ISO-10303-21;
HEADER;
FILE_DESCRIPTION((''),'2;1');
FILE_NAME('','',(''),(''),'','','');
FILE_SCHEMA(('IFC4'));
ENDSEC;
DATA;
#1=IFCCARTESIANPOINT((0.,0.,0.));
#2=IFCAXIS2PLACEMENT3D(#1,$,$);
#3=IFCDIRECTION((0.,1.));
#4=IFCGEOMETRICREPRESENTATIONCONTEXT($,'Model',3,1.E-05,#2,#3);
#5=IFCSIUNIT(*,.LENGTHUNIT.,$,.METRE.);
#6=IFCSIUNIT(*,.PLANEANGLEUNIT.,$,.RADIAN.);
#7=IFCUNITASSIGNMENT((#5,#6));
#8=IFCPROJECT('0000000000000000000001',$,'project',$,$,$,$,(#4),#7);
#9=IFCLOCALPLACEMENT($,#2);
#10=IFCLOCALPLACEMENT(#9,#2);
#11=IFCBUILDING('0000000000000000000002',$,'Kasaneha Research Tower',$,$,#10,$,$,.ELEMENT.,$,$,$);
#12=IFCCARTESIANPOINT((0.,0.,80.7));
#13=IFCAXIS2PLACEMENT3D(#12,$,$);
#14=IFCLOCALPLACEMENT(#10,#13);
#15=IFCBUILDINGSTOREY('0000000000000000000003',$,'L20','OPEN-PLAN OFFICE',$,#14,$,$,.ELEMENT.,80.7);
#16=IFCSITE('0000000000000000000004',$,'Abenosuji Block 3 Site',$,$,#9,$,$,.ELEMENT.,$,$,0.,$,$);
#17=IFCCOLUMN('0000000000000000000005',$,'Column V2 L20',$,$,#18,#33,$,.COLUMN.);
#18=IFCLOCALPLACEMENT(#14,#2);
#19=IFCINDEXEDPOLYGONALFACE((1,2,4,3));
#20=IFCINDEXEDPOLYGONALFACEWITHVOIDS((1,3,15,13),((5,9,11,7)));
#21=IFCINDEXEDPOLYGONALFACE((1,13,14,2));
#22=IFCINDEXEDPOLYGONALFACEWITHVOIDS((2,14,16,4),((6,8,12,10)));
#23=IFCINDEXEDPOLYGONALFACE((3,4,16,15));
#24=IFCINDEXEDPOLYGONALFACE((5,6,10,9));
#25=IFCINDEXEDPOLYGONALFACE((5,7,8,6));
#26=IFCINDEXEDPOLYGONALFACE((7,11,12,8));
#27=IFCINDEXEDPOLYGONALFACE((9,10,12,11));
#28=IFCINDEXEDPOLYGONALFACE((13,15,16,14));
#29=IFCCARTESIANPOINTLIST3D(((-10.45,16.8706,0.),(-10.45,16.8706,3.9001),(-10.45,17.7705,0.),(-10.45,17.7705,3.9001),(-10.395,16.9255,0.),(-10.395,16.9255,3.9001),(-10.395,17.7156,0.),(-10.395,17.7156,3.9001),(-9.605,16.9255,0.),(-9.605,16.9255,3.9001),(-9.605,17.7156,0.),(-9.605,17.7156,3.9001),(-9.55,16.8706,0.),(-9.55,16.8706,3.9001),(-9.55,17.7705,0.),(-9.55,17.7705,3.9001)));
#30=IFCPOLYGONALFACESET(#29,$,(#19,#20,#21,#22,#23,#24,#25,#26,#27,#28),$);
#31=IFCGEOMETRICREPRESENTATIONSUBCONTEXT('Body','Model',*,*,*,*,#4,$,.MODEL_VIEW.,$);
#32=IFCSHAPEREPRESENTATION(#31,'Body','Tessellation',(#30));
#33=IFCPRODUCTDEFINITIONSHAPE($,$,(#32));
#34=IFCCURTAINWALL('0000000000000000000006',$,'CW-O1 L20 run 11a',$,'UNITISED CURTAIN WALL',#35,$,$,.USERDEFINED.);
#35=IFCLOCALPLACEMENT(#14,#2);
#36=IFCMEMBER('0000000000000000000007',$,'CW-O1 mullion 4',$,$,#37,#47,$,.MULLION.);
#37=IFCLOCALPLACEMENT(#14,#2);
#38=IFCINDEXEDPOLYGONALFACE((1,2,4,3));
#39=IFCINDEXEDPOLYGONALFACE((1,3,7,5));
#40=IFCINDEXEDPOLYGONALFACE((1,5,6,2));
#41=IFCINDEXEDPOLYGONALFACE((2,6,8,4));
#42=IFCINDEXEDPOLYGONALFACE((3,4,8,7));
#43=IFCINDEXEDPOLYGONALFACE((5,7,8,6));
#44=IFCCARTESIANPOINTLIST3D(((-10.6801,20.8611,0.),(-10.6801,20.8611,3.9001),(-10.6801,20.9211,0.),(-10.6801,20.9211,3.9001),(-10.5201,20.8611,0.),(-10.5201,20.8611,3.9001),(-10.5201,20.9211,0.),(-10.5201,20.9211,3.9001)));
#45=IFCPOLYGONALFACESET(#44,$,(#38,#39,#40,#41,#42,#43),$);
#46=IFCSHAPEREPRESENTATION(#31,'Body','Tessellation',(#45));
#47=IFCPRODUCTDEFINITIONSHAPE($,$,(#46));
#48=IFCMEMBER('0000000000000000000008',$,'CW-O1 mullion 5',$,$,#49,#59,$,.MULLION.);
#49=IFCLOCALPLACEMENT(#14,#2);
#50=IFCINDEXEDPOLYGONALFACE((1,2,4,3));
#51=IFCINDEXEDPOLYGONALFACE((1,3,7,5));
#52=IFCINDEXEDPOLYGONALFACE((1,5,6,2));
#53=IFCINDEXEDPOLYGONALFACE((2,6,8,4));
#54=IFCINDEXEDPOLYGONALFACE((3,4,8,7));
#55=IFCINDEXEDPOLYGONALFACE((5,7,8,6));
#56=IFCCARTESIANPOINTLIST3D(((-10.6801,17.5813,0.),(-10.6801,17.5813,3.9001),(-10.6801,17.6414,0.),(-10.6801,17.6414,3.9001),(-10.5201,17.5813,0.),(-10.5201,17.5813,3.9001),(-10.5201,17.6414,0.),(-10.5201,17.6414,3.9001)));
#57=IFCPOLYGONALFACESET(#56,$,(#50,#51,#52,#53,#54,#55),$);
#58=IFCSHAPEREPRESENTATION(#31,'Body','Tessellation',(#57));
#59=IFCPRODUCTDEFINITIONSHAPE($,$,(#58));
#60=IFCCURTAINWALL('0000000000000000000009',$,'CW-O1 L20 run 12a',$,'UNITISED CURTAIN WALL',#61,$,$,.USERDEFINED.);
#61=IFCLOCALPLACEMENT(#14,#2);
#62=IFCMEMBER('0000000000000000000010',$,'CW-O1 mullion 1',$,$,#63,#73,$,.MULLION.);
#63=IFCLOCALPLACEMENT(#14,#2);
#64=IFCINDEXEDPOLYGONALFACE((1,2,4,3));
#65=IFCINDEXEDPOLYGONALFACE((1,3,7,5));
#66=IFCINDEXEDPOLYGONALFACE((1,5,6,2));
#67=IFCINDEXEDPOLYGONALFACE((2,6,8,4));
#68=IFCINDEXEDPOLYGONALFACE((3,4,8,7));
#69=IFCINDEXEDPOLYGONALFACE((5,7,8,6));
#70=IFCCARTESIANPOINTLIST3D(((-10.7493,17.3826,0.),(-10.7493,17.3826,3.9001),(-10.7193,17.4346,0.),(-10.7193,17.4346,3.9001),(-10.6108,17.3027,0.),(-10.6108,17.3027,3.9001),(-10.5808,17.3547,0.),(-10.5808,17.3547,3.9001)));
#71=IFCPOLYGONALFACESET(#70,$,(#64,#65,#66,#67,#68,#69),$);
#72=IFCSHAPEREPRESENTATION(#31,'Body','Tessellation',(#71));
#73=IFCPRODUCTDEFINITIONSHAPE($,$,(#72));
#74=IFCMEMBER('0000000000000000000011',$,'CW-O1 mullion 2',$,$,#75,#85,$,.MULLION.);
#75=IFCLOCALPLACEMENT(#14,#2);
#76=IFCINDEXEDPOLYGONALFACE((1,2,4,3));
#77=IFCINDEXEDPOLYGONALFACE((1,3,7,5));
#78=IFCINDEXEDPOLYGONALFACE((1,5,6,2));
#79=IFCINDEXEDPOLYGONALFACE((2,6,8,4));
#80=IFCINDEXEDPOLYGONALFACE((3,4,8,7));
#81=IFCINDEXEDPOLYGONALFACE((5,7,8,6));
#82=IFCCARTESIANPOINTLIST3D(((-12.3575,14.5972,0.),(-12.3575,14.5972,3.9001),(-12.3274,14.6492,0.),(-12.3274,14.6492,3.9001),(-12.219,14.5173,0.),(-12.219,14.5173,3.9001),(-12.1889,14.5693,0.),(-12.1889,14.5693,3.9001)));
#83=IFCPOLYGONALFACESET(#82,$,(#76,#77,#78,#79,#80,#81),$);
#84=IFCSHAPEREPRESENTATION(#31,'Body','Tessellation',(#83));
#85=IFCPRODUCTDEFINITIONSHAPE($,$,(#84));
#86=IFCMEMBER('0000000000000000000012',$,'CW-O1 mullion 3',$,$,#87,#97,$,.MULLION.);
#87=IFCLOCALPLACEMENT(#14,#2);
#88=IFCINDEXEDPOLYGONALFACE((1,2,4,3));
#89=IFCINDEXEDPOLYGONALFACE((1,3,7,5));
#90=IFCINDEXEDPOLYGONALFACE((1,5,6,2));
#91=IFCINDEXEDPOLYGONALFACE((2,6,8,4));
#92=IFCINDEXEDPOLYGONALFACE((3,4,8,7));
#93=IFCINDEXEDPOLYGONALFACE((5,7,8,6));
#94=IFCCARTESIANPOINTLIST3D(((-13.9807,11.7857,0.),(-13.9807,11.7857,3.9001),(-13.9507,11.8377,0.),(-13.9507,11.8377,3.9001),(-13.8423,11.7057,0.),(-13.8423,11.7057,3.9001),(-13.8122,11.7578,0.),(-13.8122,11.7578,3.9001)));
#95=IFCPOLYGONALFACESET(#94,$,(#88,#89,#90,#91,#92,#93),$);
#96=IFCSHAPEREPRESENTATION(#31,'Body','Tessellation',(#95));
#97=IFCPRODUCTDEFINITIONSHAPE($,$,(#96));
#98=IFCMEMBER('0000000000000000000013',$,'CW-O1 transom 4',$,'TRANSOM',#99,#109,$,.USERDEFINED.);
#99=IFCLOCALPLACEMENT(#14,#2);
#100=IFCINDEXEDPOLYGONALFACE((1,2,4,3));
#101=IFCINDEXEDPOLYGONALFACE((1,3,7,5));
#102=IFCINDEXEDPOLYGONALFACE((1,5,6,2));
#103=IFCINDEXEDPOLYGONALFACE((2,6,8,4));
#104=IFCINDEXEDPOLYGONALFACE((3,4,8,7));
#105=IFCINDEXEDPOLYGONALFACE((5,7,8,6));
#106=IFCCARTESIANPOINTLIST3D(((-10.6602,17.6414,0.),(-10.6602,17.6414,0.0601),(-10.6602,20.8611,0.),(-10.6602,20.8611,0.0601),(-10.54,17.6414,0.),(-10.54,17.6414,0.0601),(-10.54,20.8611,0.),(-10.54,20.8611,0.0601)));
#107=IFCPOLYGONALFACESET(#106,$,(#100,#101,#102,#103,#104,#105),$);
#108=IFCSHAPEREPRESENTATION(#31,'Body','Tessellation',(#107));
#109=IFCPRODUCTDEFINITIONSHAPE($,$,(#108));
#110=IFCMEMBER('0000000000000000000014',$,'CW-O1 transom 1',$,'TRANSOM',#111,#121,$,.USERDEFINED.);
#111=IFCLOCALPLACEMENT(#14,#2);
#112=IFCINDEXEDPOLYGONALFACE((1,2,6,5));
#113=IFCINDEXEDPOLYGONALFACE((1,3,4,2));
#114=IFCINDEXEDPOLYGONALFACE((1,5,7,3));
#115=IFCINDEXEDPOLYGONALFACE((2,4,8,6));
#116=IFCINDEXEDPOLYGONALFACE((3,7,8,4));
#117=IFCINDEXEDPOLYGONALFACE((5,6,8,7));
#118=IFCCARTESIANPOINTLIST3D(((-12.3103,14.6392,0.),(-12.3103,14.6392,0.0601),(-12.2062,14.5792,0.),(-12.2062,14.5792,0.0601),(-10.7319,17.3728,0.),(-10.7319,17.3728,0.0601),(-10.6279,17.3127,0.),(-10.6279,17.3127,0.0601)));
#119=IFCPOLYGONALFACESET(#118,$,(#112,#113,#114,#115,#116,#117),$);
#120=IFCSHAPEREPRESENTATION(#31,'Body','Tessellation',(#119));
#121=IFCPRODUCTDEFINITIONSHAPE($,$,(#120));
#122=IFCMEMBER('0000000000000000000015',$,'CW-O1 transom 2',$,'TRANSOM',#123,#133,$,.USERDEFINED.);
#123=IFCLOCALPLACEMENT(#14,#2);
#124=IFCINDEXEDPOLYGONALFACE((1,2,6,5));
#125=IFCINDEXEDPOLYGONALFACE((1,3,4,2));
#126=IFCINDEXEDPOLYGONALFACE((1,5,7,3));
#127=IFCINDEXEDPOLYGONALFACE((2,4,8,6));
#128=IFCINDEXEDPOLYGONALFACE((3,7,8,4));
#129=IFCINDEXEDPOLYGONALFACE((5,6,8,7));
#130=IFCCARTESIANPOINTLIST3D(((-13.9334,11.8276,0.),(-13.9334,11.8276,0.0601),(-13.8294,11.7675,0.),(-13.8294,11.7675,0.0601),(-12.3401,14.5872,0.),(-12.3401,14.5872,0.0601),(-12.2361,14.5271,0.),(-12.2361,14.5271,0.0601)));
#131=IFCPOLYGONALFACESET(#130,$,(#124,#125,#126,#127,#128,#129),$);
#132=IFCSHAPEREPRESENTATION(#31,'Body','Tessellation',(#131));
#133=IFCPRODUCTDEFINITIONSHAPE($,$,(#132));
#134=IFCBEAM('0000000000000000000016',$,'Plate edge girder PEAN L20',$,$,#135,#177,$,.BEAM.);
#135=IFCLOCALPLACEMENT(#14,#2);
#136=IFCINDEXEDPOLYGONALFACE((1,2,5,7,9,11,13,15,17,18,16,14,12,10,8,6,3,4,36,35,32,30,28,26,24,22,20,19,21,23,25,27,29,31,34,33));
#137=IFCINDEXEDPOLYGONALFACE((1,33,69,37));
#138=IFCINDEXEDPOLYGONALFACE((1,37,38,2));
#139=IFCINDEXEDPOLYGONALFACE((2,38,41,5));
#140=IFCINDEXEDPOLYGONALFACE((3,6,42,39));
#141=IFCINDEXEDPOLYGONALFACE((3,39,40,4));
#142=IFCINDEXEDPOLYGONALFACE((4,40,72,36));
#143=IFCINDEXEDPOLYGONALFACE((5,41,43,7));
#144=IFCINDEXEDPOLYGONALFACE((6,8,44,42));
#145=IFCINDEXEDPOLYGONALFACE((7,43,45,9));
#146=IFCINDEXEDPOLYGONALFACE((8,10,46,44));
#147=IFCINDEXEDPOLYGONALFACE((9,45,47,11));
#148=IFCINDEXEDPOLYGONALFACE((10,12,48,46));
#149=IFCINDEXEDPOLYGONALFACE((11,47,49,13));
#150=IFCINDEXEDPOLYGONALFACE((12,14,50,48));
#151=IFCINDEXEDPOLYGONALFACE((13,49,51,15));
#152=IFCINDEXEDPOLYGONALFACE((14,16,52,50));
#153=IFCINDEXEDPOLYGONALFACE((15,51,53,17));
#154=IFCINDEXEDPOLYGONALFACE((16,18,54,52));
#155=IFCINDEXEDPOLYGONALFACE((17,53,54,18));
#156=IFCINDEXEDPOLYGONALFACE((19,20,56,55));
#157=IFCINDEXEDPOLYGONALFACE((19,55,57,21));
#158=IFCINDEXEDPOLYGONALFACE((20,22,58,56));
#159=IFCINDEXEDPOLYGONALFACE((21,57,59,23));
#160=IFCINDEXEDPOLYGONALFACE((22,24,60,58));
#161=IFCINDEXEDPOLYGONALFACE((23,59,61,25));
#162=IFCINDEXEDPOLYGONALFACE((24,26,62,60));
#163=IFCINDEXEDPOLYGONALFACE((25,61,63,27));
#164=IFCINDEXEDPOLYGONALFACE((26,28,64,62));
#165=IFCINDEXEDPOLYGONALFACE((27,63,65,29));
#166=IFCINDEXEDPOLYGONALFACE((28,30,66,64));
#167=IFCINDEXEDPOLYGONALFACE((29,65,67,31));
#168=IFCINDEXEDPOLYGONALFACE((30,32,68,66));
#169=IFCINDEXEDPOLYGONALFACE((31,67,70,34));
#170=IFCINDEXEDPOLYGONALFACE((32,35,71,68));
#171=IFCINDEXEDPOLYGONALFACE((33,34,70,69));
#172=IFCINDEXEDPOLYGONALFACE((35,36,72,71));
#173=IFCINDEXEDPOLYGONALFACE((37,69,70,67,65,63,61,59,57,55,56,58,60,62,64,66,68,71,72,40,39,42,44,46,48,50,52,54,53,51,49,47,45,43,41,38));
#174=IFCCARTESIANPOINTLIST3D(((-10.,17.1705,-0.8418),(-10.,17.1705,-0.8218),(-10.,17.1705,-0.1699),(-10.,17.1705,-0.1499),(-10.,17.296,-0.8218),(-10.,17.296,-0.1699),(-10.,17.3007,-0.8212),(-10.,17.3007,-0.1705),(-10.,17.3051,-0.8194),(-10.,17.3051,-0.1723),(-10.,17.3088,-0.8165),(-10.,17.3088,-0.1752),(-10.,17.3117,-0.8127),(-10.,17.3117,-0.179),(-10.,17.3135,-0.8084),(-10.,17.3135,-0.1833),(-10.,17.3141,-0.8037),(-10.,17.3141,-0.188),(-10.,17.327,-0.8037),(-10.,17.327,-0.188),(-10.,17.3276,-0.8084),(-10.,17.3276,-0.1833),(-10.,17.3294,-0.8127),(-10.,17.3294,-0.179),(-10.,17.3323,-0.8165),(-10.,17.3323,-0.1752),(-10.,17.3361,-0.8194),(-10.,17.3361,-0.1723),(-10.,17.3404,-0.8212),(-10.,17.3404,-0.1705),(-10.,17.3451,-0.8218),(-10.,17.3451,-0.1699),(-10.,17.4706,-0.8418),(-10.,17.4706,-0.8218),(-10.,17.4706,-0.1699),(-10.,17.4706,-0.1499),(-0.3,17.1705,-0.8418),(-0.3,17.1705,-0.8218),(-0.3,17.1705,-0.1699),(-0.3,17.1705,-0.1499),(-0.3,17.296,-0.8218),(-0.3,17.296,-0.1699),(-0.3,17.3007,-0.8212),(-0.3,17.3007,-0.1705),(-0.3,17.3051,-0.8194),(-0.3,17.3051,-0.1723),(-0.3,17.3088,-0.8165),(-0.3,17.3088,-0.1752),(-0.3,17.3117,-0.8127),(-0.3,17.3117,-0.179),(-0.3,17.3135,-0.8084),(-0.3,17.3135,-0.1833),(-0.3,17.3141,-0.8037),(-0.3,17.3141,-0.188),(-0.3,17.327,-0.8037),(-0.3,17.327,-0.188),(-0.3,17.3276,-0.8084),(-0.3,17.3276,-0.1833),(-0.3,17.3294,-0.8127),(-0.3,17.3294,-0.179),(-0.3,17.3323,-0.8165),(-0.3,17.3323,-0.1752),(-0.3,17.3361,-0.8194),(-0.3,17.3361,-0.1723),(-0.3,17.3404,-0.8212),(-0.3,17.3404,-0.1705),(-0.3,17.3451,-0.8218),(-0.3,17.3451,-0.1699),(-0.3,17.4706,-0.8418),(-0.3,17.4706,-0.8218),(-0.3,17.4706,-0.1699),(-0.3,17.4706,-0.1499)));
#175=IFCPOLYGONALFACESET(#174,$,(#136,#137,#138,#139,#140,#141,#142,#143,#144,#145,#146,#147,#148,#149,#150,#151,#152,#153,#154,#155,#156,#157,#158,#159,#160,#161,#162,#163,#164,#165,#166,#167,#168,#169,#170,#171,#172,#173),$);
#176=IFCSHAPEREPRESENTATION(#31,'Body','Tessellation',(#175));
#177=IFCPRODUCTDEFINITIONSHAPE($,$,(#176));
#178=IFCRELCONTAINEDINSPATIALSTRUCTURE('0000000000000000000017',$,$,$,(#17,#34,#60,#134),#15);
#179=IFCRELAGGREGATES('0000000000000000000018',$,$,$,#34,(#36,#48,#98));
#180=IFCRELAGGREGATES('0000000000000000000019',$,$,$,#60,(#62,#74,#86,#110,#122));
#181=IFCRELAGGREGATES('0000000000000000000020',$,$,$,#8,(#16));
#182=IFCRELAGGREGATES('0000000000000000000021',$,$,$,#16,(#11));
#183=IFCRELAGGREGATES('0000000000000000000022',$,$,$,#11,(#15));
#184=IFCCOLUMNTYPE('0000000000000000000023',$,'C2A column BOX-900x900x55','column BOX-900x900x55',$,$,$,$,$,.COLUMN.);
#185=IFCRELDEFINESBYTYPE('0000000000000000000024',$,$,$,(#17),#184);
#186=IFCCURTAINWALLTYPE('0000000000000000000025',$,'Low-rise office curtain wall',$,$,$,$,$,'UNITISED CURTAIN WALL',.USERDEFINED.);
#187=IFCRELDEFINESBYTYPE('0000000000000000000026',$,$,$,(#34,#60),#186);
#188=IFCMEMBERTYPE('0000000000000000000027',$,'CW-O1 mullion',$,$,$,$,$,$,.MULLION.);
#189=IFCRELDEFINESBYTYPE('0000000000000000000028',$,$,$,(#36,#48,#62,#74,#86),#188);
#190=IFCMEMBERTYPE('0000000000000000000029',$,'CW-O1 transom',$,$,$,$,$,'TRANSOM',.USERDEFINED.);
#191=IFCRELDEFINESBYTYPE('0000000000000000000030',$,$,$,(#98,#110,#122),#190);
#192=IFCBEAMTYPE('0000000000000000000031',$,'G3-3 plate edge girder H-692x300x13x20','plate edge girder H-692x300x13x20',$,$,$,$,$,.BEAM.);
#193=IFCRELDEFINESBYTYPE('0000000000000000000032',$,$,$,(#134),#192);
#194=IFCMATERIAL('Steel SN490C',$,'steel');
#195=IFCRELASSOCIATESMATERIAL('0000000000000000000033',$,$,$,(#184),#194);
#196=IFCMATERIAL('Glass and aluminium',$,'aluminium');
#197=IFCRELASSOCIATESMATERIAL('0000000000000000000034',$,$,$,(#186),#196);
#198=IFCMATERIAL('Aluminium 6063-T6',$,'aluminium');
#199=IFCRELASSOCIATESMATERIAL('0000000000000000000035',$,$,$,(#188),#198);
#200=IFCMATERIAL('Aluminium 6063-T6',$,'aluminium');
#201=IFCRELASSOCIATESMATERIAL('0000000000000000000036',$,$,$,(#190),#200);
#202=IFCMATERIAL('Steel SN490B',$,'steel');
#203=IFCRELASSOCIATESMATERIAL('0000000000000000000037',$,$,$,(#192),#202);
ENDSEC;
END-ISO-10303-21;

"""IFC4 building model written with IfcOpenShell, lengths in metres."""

from ifc_helpers import new_model, si_unit, direction, frame, origin, origin_2d, place, context, subcontext, project, spatial, rectangle, hollow_rectangle, i_section, extrude, material, material_profile, profile_set, type_object, element, aggregate, save


model = new_model("IFC4")

# Units and contexts
model_context = context("Model", 3, precision=1e-05, world=origin(), true_north=direction((0.0, 1.0)))
body_context = subcontext(model_context, "Body", "Model", "MODEL_VIEW")
ifc_project = project(units=[si_unit("LENGTHUNIT", "METRE"), si_unit("PLANEANGLEUNIT", "RADIAN")], contexts=[model_context])

# Site, building, storey
site_placement = place(None, origin())
site = spatial("IfcSite", under=ifc_project, at=site_placement, Name="Abenosuji Block 3 Site", CompositionType="ELEMENT", RefElevation=0.0)
building_placement = place(site_placement, origin())
building = spatial("IfcBuilding", under=site, at=building_placement, Name="Kasaneha Research Tower", CompositionType="ELEMENT")
storey_placement = place(building_placement, frame((0.0, 0.0, 80.7)))
storey = spatial("IfcBuildingStorey", under=building, at=storey_placement, Name="L20", Description="OPEN-PLAN OFFICE", CompositionType="ELEMENT", Elevation=80.7)

# Column
ifc_material_1 = material(Name="Steel SN490C", Category="steel")
ifc_material_profile_1 = material_profile(ifc_material_1, hollow_rectangle(XDim=0.8999, YDim=0.8999, WallThickness=0.0549, at=origin_2d()), Name="BOX-900x900x55")
ifc_profile_set_1 = profile_set([ifc_material_profile_1], Name="Steel SN490C")
column_type = type_object("IfcColumnType", Name="C2A column BOX-900x900x55", Description="column BOX-900x900x55", PredefinedType="COLUMN", material=ifc_profile_set_1)
column_placement = place(storey_placement, frame((-10.0, 17.3206, 0.0), z_axis=(0.0, 0.0, 1.0), x_axis=(1.0, 0.0, 0.0)))
element("IfcColumn", 1, at=column_placement, inside=storey, type_object=column_type, Name="Column V2 L20", PredefinedType="COLUMN", context=body_context, shape_type="SweptSolid", body=[
    extrude(hollow_rectangle(XDim=0.8999, YDim=0.8999, WallThickness=0.0549, at=origin_2d()), origin(), (0.0, 0.0, 1.0), 3.9001),
])

# Curtain walls, members
ifc_material_2 = material(Name="Glass and aluminium", Category="aluminium")
curtain_wall_type = type_object("IfcCurtainWallType", Name="Low-rise office curtain wall", ElementType="UNITISED CURTAIN WALL", PredefinedType="USERDEFINED", material=ifc_material_2)
curtain_wall_1_placement = place(storey_placement, origin())
curtain_wall_1 = element("IfcCurtainWall", 2, at=curtain_wall_1_placement, inside=storey, type_object=curtain_wall_type, Name="CW-O1 L20 run 11a", ObjectType="UNITISED CURTAIN WALL", PredefinedType="USERDEFINED")
ifc_material_3 = material(Name="Aluminium 6063-T6", Category="aluminium")
ifc_material_profile_2 = material_profile(ifc_material_3, rectangle(XDim=0.0601, YDim=0.1599, at=origin_2d()), Name="CW-O1 mullion 60x160")
ifc_profile_set_2 = profile_set([ifc_material_profile_2], Name="Aluminium 6063-T6")
member_type_1 = type_object("IfcMemberType", Name="CW-O1 mullion", PredefinedType="MULLION", material=ifc_profile_set_2)
member_1_placement = place(storey_placement, frame((-10.6001, 20.8911, 0.0), z_axis=(0.0, 0.0, 1.0), x_axis=(0.0, -1.0, 0.0)))
member_1 = element("IfcMember", 3, at=member_1_placement, type_object=member_type_1, Name="CW-O1 mullion 4", PredefinedType="MULLION", context=body_context, shape_type="SweptSolid", body=[
    extrude(rectangle(XDim=0.0601, YDim=0.1599, at=origin_2d()), origin(), (0.0, 0.0, 1.0), 3.9001),
])
member_2_placement = place(storey_placement, frame((-10.6001, 17.6113, 0.0), z_axis=(0.0, 0.0, 1.0), x_axis=(0.0, -1.0, 0.0)))
member_2 = element("IfcMember", 4, at=member_2_placement, type_object=member_type_1, Name="CW-O1 mullion 5", PredefinedType="MULLION", context=body_context, shape_type="SweptSolid", body=[
    extrude(rectangle(XDim=0.0601, YDim=0.1599, at=origin_2d()), origin(), (0.0, 0.0, 1.0), 3.9001),
])
curtain_wall_2_placement = place(storey_placement, origin())
curtain_wall_2 = element("IfcCurtainWall", 5, at=curtain_wall_2_placement, inside=storey, type_object=curtain_wall_type, Name="CW-O1 L20 run 12a", ObjectType="UNITISED CURTAIN WALL", PredefinedType="USERDEFINED")
member_3_placement = place(storey_placement, frame((-10.665, 17.3687, 0.0), z_axis=(0.0, 0.0, 1.0), x_axis=(-0.5, -0.866025, 0.0)))
member_3 = element("IfcMember", 6, at=member_3_placement, type_object=member_type_1, Name="CW-O1 mullion 1", PredefinedType="MULLION", context=body_context, shape_type="SweptSolid", body=[
    extrude(rectangle(XDim=0.0601, YDim=0.1599, at=origin_2d()), origin(), (0.0, 0.0, 1.0), 3.9001),
])
member_4_placement = place(storey_placement, frame((-12.2732, 14.5833, 0.0), z_axis=(0.0, 0.0, 1.0), x_axis=(-0.5, -0.866025, 0.0)))
member_4 = element("IfcMember", 7, at=member_4_placement, type_object=member_type_1, Name="CW-O1 mullion 2", PredefinedType="MULLION", context=body_context, shape_type="SweptSolid", body=[
    extrude(rectangle(XDim=0.0601, YDim=0.1599, at=origin_2d()), origin(), (0.0, 0.0, 1.0), 3.9001),
])
member_5_placement = place(storey_placement, frame((-13.8965, 11.7717, 0.0), z_axis=(0.0, 0.0, 1.0), x_axis=(-0.5, -0.866025, 0.0)))
member_5 = element("IfcMember", 8, at=member_5_placement, type_object=member_type_1, Name="CW-O1 mullion 3", PredefinedType="MULLION", context=body_context, shape_type="SweptSolid", body=[
    extrude(rectangle(XDim=0.0601, YDim=0.1599, at=origin_2d()), origin(), (0.0, 0.0, 1.0), 3.9001),
])

# Members
ifc_material_4 = material(Name="Aluminium 6063-T6", Category="aluminium")
ifc_material_profile_3 = material_profile(ifc_material_4, rectangle(XDim=0.1201, YDim=0.0601, at=origin_2d()), Name="CW-O1 transom 120x60")
ifc_profile_set_3 = profile_set([ifc_material_profile_3], Name="Aluminium 6063-T6")
member_type_2 = type_object("IfcMemberType", Name="CW-O1 transom", ElementType="TRANSOM", PredefinedType="USERDEFINED", material=ifc_profile_set_3)
member_6_placement = place(storey_placement, frame((-10.6001, 20.8611, 0.03), z_axis=(0.0, -1.0, 0.0), x_axis=(1.0, 0.0, 0.0)))
member_6 = element("IfcMember", 9, at=member_6_placement, type_object=member_type_2, Name="CW-O1 transom 4", ObjectType="TRANSOM", PredefinedType="USERDEFINED", context=body_context, shape_type="SweptSolid", body=[
    extrude(rectangle(XDim=0.1201, YDim=0.0601, at=origin_2d()), origin(), (0.0, 0.0, 1.0), 3.2197),
])
member_7_placement = place(storey_placement, frame((-10.6799, 17.3428, 0.03), z_axis=(-0.500024, -0.866012, 0.0), x_axis=(0.866012, -0.500024, 0.0)))
member_7 = element("IfcMember", 10, at=member_7_placement, type_object=member_type_2, Name="CW-O1 transom 1", ObjectType="TRANSOM", PredefinedType="USERDEFINED", context=body_context, shape_type="SweptSolid", body=[
    extrude(rectangle(XDim=0.1201, YDim=0.0601, at=origin_2d()), origin(), (0.0, 0.0, 1.0), 3.1565),
])
member_8_placement = place(storey_placement, frame((-12.2881, 14.5571, 0.03), z_axis=(-0.500012, -0.866018, 0.0), x_axis=(0.866018, -0.500012, 0.0)))
member_8 = element("IfcMember", 11, at=member_8_placement, type_object=member_type_2, Name="CW-O1 transom 2", ObjectType="TRANSOM", PredefinedType="USERDEFINED", context=body_context, shape_type="SweptSolid", body=[
    extrude(rectangle(XDim=0.1201, YDim=0.0601, at=origin_2d()), origin(), (0.0, 0.0, 1.0), 3.1865),
])

# Beam
ifc_material_5 = material(Name="Steel SN490B", Category="steel")
ifc_material_profile_4 = material_profile(ifc_material_5, i_section(OverallWidth=0.3, OverallDepth=0.6919, WebThickness=0.0129, FlangeThickness=0.02, FilletRadius=0.0181, at=origin_2d()), Name="H-692x300x13x20")
ifc_profile_set_4 = profile_set([ifc_material_profile_4], Name="Steel SN490B")
beam_type_1 = type_object("IfcBeamType", Name="G3-3 plate edge girder H-692x300x13x20", Description="plate edge girder H-692x300x13x20", PredefinedType="BEAM", material=ifc_profile_set_4)
beam_1_placement = place(storey_placement, frame((-10.0, 17.3206, -0.4958), z_axis=(1.0, 0.0, 0.0), x_axis=(0.0, 1.0, 0.0)))
element("IfcBeam", 12, at=beam_1_placement, inside=storey, type_object=beam_type_1, Name="Plate edge girder PEAN L20", PredefinedType="BEAM", context=body_context, shape_type="SweptSolid", body=[
    extrude(i_section(OverallWidth=0.3, OverallDepth=0.6919, WebThickness=0.0129, FlangeThickness=0.02, FilletRadius=0.0181, at=origin_2d()), origin(), (0.0, 0.0, 1.0), 9.7),
])

aggregate(curtain_wall_1, [member_1, member_2, member_6])
aggregate(curtain_wall_2, [member_3, member_4, member_5, member_7, member_8])

save(model, "model.ifc")
